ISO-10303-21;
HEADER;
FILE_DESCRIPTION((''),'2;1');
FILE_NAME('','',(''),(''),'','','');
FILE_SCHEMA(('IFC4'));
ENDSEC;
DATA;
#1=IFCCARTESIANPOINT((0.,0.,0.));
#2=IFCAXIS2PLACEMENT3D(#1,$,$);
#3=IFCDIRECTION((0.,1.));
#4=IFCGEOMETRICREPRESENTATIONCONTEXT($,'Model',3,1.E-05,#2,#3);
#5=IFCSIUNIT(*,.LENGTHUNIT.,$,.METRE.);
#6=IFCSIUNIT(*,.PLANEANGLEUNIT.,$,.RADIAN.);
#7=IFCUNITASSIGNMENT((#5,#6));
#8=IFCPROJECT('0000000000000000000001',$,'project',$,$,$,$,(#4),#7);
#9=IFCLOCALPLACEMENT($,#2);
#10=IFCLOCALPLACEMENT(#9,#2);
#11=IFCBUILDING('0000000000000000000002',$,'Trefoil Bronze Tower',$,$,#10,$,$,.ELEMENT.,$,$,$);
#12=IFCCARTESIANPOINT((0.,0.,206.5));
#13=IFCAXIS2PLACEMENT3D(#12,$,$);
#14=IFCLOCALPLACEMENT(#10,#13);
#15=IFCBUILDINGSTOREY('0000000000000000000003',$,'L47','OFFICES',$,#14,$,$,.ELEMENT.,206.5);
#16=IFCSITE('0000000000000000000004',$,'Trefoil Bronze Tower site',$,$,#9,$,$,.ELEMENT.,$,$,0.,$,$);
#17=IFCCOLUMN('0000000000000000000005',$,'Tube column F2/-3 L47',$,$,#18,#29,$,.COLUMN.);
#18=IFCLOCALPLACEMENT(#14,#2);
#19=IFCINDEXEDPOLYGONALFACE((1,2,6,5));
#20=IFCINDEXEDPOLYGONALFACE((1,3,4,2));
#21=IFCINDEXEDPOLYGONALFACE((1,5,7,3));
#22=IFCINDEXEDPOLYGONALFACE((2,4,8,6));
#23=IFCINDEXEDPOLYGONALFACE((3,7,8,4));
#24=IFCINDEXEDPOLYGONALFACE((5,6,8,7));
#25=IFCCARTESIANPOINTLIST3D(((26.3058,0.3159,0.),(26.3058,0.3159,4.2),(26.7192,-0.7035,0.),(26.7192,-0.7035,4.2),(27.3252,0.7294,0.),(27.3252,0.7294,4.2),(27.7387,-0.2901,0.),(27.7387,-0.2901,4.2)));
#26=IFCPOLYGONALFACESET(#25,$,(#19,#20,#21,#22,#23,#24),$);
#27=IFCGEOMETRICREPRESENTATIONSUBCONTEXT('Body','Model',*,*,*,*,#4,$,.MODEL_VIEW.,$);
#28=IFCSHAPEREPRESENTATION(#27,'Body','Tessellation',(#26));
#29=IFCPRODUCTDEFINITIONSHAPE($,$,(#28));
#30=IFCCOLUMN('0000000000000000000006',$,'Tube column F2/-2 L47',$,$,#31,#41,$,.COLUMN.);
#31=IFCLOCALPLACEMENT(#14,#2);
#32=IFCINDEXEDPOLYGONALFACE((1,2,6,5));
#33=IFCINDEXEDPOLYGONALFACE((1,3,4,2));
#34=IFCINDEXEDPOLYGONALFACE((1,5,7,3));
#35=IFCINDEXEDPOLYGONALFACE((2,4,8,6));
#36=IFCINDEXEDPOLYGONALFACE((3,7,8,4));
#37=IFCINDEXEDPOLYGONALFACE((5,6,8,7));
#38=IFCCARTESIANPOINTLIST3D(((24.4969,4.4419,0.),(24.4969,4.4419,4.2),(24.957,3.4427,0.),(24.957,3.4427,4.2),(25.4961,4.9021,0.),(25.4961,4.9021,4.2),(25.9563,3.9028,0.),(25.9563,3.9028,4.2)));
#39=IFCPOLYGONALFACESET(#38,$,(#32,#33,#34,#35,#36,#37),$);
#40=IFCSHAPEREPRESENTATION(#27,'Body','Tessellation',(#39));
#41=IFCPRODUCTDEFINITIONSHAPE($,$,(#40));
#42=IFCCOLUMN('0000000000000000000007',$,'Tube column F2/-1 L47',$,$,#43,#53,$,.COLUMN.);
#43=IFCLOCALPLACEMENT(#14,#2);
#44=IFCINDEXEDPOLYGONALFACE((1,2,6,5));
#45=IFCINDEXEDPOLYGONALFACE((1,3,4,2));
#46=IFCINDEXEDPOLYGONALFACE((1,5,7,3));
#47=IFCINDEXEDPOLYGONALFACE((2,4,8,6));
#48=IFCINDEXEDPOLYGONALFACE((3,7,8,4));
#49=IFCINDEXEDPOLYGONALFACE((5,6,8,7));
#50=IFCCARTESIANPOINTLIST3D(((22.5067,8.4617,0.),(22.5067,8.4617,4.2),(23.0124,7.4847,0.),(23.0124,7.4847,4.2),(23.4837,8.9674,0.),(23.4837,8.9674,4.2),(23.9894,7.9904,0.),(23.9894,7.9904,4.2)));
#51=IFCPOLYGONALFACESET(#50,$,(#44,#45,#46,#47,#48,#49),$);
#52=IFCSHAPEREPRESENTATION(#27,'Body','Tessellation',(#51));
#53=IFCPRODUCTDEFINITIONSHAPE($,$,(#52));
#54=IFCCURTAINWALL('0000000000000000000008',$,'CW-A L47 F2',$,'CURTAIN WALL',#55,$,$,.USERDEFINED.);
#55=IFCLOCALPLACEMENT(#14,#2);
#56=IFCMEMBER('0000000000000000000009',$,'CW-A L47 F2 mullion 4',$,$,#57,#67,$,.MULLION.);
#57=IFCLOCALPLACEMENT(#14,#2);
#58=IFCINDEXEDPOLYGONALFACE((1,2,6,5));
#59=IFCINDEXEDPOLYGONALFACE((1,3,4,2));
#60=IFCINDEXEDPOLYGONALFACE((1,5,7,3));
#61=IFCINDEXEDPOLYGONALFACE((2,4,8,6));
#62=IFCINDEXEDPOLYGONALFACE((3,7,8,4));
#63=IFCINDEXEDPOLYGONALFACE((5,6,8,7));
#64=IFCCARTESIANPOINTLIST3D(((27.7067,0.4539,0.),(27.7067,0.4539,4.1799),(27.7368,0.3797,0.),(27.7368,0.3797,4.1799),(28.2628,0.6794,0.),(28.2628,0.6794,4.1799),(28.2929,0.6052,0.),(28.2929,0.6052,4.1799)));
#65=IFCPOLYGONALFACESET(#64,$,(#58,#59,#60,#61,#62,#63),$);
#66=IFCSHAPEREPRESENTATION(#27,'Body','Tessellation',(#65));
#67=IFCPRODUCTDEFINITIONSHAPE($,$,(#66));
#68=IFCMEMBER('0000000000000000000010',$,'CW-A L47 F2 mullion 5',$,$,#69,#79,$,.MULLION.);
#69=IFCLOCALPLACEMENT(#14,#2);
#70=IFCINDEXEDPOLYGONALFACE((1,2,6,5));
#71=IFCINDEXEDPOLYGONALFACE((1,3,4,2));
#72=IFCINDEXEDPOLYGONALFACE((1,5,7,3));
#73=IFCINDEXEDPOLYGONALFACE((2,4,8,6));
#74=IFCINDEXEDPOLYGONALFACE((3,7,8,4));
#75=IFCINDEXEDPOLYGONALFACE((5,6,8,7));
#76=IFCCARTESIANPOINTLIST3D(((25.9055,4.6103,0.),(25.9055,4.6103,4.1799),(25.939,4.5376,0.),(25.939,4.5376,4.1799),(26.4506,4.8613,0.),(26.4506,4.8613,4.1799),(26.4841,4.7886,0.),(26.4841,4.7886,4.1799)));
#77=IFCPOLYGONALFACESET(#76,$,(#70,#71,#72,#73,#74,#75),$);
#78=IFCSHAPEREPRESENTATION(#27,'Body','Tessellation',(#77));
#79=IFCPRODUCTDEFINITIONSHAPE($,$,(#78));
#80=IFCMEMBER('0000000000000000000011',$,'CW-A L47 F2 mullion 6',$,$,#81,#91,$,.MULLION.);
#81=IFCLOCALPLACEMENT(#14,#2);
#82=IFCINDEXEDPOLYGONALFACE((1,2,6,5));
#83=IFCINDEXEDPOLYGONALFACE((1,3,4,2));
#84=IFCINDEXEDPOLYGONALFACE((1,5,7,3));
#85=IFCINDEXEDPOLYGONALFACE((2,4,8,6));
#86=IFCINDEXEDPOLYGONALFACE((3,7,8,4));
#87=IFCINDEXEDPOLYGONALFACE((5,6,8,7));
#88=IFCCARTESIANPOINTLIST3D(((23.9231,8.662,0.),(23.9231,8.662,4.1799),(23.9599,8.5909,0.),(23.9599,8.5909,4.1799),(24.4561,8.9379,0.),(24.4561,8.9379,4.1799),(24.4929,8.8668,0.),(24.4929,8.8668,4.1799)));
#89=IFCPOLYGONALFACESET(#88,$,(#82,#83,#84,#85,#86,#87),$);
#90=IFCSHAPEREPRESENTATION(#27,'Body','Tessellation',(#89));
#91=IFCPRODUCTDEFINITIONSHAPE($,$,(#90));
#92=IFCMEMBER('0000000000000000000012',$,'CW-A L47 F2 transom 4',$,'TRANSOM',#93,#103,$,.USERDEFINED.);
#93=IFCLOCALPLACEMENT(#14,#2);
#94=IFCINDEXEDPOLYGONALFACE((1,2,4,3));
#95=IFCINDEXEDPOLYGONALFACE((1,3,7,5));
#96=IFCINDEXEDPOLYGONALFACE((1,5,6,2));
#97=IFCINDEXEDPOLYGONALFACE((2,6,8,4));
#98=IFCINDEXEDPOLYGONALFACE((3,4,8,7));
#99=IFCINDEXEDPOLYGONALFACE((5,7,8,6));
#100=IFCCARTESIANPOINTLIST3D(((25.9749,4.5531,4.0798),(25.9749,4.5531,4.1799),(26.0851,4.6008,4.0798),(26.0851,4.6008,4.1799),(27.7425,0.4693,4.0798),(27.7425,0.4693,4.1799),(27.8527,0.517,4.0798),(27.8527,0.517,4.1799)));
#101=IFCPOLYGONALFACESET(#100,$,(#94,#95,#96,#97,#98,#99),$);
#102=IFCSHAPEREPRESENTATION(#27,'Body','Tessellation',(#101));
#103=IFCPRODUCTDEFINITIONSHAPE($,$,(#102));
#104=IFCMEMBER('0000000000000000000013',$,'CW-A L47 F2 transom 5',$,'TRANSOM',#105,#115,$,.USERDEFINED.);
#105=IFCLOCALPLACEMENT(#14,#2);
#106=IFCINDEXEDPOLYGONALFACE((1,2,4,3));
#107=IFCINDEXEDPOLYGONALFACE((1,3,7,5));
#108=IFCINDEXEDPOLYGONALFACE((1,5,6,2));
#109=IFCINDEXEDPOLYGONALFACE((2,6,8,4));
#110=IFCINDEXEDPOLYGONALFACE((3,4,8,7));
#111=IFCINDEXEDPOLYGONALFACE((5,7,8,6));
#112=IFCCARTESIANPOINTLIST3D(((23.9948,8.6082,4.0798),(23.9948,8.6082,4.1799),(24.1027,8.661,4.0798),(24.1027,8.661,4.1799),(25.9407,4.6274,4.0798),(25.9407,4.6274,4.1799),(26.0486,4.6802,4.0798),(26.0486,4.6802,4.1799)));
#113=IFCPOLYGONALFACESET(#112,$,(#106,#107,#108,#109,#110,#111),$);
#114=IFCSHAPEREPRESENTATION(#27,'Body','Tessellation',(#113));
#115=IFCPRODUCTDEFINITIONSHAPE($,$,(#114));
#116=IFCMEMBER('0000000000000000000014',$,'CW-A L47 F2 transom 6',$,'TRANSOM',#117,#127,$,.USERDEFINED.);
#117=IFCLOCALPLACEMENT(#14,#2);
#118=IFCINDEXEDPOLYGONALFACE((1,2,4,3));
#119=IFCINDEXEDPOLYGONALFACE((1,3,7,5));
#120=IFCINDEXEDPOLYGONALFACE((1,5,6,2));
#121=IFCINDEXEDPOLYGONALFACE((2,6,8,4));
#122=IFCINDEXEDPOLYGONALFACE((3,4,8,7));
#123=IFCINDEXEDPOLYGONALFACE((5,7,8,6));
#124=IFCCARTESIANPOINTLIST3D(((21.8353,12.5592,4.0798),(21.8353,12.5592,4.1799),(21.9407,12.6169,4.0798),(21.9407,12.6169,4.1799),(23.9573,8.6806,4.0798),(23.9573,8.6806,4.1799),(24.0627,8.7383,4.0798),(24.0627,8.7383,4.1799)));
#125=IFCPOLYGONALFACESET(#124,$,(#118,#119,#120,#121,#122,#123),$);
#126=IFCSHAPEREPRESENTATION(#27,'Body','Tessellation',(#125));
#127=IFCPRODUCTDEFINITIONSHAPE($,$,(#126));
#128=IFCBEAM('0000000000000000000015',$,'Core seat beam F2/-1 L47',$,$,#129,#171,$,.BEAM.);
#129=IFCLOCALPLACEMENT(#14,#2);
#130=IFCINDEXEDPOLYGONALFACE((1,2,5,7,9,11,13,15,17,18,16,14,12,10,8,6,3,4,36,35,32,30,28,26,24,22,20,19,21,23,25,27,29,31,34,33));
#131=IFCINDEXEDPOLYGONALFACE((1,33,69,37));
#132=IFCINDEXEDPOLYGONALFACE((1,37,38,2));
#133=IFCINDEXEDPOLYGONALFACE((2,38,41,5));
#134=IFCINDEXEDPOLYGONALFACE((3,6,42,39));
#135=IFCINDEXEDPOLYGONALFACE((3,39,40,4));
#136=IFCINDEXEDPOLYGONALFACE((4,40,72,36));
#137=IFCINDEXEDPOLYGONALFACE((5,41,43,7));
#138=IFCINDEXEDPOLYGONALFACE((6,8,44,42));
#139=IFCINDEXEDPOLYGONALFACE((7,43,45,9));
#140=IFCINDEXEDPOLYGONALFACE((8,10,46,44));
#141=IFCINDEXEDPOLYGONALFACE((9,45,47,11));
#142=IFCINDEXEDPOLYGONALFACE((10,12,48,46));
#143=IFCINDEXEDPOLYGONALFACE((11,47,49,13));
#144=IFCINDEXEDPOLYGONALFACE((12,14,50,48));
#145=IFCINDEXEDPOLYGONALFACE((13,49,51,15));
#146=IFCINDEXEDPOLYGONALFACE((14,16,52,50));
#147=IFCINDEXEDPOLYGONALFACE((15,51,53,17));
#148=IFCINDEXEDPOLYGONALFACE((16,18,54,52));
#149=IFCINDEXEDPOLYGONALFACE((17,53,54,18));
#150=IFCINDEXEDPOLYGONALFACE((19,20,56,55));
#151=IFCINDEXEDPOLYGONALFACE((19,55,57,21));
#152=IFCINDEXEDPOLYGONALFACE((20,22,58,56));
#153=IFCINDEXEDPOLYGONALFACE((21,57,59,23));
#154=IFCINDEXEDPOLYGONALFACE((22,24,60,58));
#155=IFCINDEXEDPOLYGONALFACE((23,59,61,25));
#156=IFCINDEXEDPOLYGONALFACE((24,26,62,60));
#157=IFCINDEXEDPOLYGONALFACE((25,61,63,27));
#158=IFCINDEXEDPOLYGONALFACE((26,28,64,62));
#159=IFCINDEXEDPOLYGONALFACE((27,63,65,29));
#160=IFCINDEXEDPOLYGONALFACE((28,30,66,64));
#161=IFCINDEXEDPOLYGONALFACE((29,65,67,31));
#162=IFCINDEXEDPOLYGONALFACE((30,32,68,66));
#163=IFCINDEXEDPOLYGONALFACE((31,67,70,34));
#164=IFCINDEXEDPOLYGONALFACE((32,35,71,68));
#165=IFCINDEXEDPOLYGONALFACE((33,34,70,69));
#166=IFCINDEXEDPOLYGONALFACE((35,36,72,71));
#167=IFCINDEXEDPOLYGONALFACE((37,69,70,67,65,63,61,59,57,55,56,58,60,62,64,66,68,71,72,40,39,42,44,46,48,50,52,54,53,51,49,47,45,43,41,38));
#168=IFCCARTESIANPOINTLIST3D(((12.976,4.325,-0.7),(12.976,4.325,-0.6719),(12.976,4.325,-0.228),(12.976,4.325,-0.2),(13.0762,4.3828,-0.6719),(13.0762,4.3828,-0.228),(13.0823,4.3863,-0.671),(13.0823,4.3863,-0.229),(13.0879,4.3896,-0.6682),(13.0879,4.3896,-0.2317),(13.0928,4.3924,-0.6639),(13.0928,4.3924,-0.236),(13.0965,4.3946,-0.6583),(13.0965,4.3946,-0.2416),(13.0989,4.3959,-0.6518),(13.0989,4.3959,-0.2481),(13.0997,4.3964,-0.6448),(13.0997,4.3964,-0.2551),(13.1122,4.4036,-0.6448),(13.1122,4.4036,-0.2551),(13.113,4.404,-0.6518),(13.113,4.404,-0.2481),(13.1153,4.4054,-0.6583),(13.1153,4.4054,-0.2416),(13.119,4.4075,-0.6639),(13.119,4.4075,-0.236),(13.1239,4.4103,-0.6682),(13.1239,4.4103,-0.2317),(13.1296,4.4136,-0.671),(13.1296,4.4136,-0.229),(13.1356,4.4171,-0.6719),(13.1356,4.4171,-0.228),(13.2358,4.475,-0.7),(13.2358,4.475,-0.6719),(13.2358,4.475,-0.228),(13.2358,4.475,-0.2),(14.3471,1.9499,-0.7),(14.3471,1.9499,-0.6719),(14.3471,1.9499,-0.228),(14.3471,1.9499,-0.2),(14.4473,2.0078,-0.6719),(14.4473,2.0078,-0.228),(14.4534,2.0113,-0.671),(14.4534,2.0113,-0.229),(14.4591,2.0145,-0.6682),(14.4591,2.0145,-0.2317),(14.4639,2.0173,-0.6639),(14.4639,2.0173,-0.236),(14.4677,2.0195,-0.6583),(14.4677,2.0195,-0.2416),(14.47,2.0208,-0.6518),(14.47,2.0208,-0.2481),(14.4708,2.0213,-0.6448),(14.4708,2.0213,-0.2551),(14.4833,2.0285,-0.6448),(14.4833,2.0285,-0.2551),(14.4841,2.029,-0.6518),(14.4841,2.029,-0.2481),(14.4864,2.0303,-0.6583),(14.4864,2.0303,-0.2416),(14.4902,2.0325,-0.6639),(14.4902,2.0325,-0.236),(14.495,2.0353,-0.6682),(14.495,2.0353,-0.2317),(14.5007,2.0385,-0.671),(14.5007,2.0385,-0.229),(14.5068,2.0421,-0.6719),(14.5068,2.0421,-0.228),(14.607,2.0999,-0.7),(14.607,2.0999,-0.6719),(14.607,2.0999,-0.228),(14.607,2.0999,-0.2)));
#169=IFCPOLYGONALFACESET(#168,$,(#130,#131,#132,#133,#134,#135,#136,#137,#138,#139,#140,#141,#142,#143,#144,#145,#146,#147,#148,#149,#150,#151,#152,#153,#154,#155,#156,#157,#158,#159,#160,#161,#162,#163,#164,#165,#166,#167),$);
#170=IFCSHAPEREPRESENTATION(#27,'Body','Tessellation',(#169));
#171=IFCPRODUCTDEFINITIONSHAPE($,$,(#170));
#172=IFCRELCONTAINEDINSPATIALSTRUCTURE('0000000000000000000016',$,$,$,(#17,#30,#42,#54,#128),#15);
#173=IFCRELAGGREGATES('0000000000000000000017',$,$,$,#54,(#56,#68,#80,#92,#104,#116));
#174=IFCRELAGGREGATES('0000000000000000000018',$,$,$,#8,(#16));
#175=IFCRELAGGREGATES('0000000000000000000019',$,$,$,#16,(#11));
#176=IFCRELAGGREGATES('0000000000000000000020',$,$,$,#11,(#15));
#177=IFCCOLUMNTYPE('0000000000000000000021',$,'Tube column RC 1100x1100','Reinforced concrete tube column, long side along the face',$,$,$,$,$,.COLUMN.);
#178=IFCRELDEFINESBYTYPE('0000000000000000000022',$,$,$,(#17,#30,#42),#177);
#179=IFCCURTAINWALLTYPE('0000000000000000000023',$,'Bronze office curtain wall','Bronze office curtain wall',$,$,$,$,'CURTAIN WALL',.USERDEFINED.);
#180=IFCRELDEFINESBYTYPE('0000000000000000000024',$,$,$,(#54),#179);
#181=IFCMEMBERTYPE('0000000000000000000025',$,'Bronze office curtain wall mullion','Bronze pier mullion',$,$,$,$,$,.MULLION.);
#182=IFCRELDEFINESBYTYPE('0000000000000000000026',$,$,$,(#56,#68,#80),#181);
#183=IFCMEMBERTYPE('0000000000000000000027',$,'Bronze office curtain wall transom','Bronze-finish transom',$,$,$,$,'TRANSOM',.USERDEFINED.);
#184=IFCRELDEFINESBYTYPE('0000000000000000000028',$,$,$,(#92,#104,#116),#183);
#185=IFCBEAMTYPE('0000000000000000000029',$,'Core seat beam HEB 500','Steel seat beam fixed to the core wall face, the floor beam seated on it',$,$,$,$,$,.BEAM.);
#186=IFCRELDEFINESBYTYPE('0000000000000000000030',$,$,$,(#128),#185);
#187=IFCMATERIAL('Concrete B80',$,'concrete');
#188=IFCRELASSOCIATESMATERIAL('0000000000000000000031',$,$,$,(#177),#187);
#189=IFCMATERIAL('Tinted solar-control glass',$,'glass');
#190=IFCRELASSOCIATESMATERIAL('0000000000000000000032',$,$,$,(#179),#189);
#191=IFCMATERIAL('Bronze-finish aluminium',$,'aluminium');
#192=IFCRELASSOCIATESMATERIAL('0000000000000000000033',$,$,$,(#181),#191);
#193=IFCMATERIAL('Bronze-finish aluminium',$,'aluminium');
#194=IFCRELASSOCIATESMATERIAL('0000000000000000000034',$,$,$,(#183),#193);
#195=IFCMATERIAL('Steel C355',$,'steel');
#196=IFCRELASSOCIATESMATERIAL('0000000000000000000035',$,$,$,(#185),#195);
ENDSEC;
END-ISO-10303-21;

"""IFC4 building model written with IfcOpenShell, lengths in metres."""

from ifc_helpers import new_model, si_unit, direction, frame, origin, origin_2d, place, context, subcontext, project, spatial, rectangle, i_section, extrude, material, material_profile, profile_set, type_object, element, aggregate, save


model = new_model("IFC4")

# Units and contexts
model_context = context("Model", 3, precision=1e-05, world=origin(), true_north=direction((0.0, 1.0)))
body_context = subcontext(model_context, "Body", "Model", "MODEL_VIEW")
ifc_project = project(units=[si_unit("LENGTHUNIT", "METRE"), si_unit("PLANEANGLEUNIT", "RADIAN")], contexts=[model_context])

# Site, building, storey
site_placement = place(None, origin())
site = spatial("IfcSite", under=ifc_project, at=site_placement, Name="Trefoil Bronze Tower site", CompositionType="ELEMENT", RefElevation=0.0)
building_placement = place(site_placement, origin())
building = spatial("IfcBuilding", under=site, at=building_placement, Name="Trefoil Bronze Tower", CompositionType="ELEMENT")
storey_placement = place(building_placement, frame((0.0, 0.0, 206.5)))
storey = spatial("IfcBuildingStorey", under=building, at=storey_placement, Name="L47", Description="OFFICES", CompositionType="ELEMENT", Elevation=206.5)

# Columns
ifc_material_1 = material(Name="Concrete B80", Category="concrete")
ifc_material_profile_1 = material_profile(ifc_material_1, rectangle(XDim=1.1001, YDim=1.1001, at=origin_2d()), Name="RC 1100x1100")
ifc_profile_set_1 = profile_set([ifc_material_profile_1], Name="Concrete B80")
column_type = type_object("IfcColumnType", Name="Tube column RC 1100x1100", Description="Reinforced concrete tube column, long side along the face", PredefinedType="COLUMN", material=ifc_profile_set_1)
for number, where, z_axis, x_axis, name in (
    (1, (27.0222, 0.0129, 0.0), (0.0, 0.0, 1.0), (-0.375828, 0.926689, 0.0), "Tube column F2/-3 L47"),
    (2, (25.2266, 4.1724, 0.0), (0.0, 0.0, 1.0), (-0.418286, 0.908315, 0.0), "Tube column F2/-2 L47"),
    (3, (23.248, 8.2261, 0.0), (0.0, 0.0, 1.0), (-0.459673, 0.888088, 0.0), "Tube column F2/-1 L47"),
):
    element("IfcColumn", number, at=place(storey_placement, frame(where, z_axis=z_axis, x_axis=x_axis)), inside=storey, type_object=column_type, Name=name, PredefinedType="COLUMN", context=body_context, shape_type="SweptSolid", body=[
        extrude(rectangle(XDim=1.1001, YDim=1.1001, at=origin_2d()), origin(), (0.0, 0.0, 1.0), 4.2),
    ])

# Curtain wall, members
ifc_material_2 = material(Name="Tinted solar-control glass", Category="glass")
curtain_wall_type = type_object("IfcCurtainWallType", Name="Bronze office curtain wall", Description="Bronze office curtain wall", ElementType="CURTAIN WALL", PredefinedType="USERDEFINED", material=ifc_material_2)
curtain_wall_placement = place(storey_placement, origin())
curtain_wall = element("IfcCurtainWall", 4, at=curtain_wall_placement, inside=storey, type_object=curtain_wall_type, Name="CW-A L47 F2", ObjectType="CURTAIN WALL", PredefinedType="USERDEFINED")
ifc_material_3 = material(Name="Bronze-finish aluminium", Category="aluminium")
ifc_material_profile_2 = material_profile(ifc_material_3, rectangle(XDim=0.6001, YDim=0.0801, at=origin_2d()), Name="CW-A mullion")
ifc_profile_set_2 = profile_set([ifc_material_profile_2], Name="Bronze-finish aluminium")
member_type_1 = type_object("IfcMemberType", Name="Bronze office curtain wall mullion", Description="Bronze pier mullion", PredefinedType="MULLION", material=ifc_profile_set_2)
member_1_placement = place(storey_placement, frame((27.9998, 0.5295, 0.0), z_axis=(0.0, 0.0, 1.0), x_axis=(-0.926689, -0.375828, 0.0)))
member_1 = element("IfcMember", 5, at=member_1_placement, type_object=member_type_1, Name="CW-A L47 F2 mullion 4", PredefinedType="MULLION", context=body_context, shape_type="SweptSolid", body=[
    extrude(rectangle(XDim=0.6001, YDim=0.0801, at=origin_2d()), origin(), (0.0, 0.0, 1.0), 4.1799),
])
member_2_placement = place(storey_placement, frame((26.1948, 4.6995, 0.0), z_axis=(0.0, 0.0, 1.0), x_axis=(-0.908315, -0.418286, 0.0)))
member_2 = element("IfcMember", 6, at=member_2_placement, type_object=member_type_1, Name="CW-A L47 F2 mullion 5", PredefinedType="MULLION", context=body_context, shape_type="SweptSolid", body=[
    extrude(rectangle(XDim=0.6001, YDim=0.0801, at=origin_2d()), origin(), (0.0, 0.0, 1.0), 4.1799),
])
member_3_placement = place(storey_placement, frame((24.208, 8.7644, 0.0), z_axis=(0.0, 0.0, 1.0), x_axis=(-0.888088, -0.459673, 0.0)))
member_3 = element("IfcMember", 7, at=member_3_placement, type_object=member_type_1, Name="CW-A L47 F2 mullion 6", PredefinedType="MULLION", context=body_context, shape_type="SweptSolid", body=[
    extrude(rectangle(XDim=0.6001, YDim=0.0801, at=origin_2d()), origin(), (0.0, 0.0, 1.0), 4.1799),
])
ifc_material_4 = material(Name="Bronze-finish aluminium", Category="aluminium")
ifc_material_profile_3 = material_profile(ifc_material_4, rectangle(XDim=0.1201, YDim=0.1001, at=origin_2d()), Name="CW-A transom")
ifc_profile_set_3 = profile_set([ifc_material_profile_3], Name="Bronze-finish aluminium")
member_type_2 = type_object("IfcMemberType", Name="Bronze office curtain wall transom", Description="Bronze-finish transom", ElementType="TRANSOM", PredefinedType="USERDEFINED", material=ifc_profile_set_3)
member_4_placement = place(storey_placement, frame((27.7976, 0.4932, 4.1299), z_axis=(-0.397221, 0.917723, 0.0), x_axis=(-0.917723, -0.397221, 0.0)))
member_4 = element("IfcMember", 8, at=member_4_placement, type_object=member_type_2, Name="CW-A L47 F2 transom 4", ObjectType="TRANSOM", PredefinedType="USERDEFINED", context=body_context, shape_type="SweptSolid", body=[
    extrude(rectangle(XDim=0.1201, YDim=0.1001, at=origin_2d()), origin(), (0.0, 0.0, 1.0), 4.45),
])
member_5_placement = place(storey_placement, frame((25.9946, 4.6538, 4.1299), z_axis=(-0.439151, 0.898413, 0.0), x_axis=(-0.898413, -0.439151, 0.0)))
member_5 = element("IfcMember", 9, at=member_5_placement, type_object=member_type_2, Name="CW-A L47 F2 transom 5", ObjectType="TRANSOM", PredefinedType="USERDEFINED", context=body_context, shape_type="SweptSolid", body=[
    extrude(rectangle(XDim=0.1201, YDim=0.1001, at=origin_2d()), origin(), (0.0, 0.0, 1.0), 4.4309),
])
member_6_placement = place(storey_placement, frame((24.01, 8.7095, 4.1299), z_axis=(-0.479974, 0.877283, 0.0), x_axis=(-0.877283, -0.479974, 0.0)))
member_6 = element("IfcMember", 10, at=member_6_placement, type_object=member_type_2, Name="CW-A L47 F2 transom 6", ObjectType="TRANSOM", PredefinedType="USERDEFINED", context=body_context, shape_type="SweptSolid", body=[
    extrude(rectangle(XDim=0.1201, YDim=0.1001, at=origin_2d()), origin(), (0.0, 0.0, 1.0), 4.4211),
])

# Beam
ifc_material_5 = material(Name="Steel C355", Category="steel")
ifc_material_profile_4 = material_profile(ifc_material_5, i_section(OverallWidth=0.3, OverallDepth=0.5, WebThickness=0.0144, FlangeThickness=0.0281, FilletRadius=0.0271, at=origin_2d()), Name="HEB 500")
ifc_profile_set_4 = profile_set([ifc_material_profile_4], Name="Steel C355")
beam_type_1 = type_object("IfcBeamType", Name="Core seat beam HEB 500", Description="Steel seat beam fixed to the core wall face, the floor beam seated on it", PredefinedType="BEAM", material=ifc_profile_set_4)
for number, where, z_axis, x_axis, name in (
    (11, (14.4771, 2.0249, -0.45), (-0.499969, 0.866043, 0.0), (-0.866043, -0.499969, 0.0), "Core seat beam F2/-1 L47"),
):
    element("IfcBeam", number, at=place(storey_placement, frame(where, z_axis=z_axis, x_axis=x_axis)), inside=storey, type_object=beam_type_1, Name=name, PredefinedType="BEAM", context=body_context, shape_type="SweptSolid", body=[
        extrude(i_section(OverallWidth=0.3, OverallDepth=0.5, WebThickness=0.0144, FlangeThickness=0.0281, FilletRadius=0.0271, at=origin_2d()), origin(), (0.0, 0.0, 1.0), 2.7424),
    ])

aggregate(curtain_wall, [member_1, member_2, member_3, member_4, member_5, member_6])

save(model, "model.ifc")
